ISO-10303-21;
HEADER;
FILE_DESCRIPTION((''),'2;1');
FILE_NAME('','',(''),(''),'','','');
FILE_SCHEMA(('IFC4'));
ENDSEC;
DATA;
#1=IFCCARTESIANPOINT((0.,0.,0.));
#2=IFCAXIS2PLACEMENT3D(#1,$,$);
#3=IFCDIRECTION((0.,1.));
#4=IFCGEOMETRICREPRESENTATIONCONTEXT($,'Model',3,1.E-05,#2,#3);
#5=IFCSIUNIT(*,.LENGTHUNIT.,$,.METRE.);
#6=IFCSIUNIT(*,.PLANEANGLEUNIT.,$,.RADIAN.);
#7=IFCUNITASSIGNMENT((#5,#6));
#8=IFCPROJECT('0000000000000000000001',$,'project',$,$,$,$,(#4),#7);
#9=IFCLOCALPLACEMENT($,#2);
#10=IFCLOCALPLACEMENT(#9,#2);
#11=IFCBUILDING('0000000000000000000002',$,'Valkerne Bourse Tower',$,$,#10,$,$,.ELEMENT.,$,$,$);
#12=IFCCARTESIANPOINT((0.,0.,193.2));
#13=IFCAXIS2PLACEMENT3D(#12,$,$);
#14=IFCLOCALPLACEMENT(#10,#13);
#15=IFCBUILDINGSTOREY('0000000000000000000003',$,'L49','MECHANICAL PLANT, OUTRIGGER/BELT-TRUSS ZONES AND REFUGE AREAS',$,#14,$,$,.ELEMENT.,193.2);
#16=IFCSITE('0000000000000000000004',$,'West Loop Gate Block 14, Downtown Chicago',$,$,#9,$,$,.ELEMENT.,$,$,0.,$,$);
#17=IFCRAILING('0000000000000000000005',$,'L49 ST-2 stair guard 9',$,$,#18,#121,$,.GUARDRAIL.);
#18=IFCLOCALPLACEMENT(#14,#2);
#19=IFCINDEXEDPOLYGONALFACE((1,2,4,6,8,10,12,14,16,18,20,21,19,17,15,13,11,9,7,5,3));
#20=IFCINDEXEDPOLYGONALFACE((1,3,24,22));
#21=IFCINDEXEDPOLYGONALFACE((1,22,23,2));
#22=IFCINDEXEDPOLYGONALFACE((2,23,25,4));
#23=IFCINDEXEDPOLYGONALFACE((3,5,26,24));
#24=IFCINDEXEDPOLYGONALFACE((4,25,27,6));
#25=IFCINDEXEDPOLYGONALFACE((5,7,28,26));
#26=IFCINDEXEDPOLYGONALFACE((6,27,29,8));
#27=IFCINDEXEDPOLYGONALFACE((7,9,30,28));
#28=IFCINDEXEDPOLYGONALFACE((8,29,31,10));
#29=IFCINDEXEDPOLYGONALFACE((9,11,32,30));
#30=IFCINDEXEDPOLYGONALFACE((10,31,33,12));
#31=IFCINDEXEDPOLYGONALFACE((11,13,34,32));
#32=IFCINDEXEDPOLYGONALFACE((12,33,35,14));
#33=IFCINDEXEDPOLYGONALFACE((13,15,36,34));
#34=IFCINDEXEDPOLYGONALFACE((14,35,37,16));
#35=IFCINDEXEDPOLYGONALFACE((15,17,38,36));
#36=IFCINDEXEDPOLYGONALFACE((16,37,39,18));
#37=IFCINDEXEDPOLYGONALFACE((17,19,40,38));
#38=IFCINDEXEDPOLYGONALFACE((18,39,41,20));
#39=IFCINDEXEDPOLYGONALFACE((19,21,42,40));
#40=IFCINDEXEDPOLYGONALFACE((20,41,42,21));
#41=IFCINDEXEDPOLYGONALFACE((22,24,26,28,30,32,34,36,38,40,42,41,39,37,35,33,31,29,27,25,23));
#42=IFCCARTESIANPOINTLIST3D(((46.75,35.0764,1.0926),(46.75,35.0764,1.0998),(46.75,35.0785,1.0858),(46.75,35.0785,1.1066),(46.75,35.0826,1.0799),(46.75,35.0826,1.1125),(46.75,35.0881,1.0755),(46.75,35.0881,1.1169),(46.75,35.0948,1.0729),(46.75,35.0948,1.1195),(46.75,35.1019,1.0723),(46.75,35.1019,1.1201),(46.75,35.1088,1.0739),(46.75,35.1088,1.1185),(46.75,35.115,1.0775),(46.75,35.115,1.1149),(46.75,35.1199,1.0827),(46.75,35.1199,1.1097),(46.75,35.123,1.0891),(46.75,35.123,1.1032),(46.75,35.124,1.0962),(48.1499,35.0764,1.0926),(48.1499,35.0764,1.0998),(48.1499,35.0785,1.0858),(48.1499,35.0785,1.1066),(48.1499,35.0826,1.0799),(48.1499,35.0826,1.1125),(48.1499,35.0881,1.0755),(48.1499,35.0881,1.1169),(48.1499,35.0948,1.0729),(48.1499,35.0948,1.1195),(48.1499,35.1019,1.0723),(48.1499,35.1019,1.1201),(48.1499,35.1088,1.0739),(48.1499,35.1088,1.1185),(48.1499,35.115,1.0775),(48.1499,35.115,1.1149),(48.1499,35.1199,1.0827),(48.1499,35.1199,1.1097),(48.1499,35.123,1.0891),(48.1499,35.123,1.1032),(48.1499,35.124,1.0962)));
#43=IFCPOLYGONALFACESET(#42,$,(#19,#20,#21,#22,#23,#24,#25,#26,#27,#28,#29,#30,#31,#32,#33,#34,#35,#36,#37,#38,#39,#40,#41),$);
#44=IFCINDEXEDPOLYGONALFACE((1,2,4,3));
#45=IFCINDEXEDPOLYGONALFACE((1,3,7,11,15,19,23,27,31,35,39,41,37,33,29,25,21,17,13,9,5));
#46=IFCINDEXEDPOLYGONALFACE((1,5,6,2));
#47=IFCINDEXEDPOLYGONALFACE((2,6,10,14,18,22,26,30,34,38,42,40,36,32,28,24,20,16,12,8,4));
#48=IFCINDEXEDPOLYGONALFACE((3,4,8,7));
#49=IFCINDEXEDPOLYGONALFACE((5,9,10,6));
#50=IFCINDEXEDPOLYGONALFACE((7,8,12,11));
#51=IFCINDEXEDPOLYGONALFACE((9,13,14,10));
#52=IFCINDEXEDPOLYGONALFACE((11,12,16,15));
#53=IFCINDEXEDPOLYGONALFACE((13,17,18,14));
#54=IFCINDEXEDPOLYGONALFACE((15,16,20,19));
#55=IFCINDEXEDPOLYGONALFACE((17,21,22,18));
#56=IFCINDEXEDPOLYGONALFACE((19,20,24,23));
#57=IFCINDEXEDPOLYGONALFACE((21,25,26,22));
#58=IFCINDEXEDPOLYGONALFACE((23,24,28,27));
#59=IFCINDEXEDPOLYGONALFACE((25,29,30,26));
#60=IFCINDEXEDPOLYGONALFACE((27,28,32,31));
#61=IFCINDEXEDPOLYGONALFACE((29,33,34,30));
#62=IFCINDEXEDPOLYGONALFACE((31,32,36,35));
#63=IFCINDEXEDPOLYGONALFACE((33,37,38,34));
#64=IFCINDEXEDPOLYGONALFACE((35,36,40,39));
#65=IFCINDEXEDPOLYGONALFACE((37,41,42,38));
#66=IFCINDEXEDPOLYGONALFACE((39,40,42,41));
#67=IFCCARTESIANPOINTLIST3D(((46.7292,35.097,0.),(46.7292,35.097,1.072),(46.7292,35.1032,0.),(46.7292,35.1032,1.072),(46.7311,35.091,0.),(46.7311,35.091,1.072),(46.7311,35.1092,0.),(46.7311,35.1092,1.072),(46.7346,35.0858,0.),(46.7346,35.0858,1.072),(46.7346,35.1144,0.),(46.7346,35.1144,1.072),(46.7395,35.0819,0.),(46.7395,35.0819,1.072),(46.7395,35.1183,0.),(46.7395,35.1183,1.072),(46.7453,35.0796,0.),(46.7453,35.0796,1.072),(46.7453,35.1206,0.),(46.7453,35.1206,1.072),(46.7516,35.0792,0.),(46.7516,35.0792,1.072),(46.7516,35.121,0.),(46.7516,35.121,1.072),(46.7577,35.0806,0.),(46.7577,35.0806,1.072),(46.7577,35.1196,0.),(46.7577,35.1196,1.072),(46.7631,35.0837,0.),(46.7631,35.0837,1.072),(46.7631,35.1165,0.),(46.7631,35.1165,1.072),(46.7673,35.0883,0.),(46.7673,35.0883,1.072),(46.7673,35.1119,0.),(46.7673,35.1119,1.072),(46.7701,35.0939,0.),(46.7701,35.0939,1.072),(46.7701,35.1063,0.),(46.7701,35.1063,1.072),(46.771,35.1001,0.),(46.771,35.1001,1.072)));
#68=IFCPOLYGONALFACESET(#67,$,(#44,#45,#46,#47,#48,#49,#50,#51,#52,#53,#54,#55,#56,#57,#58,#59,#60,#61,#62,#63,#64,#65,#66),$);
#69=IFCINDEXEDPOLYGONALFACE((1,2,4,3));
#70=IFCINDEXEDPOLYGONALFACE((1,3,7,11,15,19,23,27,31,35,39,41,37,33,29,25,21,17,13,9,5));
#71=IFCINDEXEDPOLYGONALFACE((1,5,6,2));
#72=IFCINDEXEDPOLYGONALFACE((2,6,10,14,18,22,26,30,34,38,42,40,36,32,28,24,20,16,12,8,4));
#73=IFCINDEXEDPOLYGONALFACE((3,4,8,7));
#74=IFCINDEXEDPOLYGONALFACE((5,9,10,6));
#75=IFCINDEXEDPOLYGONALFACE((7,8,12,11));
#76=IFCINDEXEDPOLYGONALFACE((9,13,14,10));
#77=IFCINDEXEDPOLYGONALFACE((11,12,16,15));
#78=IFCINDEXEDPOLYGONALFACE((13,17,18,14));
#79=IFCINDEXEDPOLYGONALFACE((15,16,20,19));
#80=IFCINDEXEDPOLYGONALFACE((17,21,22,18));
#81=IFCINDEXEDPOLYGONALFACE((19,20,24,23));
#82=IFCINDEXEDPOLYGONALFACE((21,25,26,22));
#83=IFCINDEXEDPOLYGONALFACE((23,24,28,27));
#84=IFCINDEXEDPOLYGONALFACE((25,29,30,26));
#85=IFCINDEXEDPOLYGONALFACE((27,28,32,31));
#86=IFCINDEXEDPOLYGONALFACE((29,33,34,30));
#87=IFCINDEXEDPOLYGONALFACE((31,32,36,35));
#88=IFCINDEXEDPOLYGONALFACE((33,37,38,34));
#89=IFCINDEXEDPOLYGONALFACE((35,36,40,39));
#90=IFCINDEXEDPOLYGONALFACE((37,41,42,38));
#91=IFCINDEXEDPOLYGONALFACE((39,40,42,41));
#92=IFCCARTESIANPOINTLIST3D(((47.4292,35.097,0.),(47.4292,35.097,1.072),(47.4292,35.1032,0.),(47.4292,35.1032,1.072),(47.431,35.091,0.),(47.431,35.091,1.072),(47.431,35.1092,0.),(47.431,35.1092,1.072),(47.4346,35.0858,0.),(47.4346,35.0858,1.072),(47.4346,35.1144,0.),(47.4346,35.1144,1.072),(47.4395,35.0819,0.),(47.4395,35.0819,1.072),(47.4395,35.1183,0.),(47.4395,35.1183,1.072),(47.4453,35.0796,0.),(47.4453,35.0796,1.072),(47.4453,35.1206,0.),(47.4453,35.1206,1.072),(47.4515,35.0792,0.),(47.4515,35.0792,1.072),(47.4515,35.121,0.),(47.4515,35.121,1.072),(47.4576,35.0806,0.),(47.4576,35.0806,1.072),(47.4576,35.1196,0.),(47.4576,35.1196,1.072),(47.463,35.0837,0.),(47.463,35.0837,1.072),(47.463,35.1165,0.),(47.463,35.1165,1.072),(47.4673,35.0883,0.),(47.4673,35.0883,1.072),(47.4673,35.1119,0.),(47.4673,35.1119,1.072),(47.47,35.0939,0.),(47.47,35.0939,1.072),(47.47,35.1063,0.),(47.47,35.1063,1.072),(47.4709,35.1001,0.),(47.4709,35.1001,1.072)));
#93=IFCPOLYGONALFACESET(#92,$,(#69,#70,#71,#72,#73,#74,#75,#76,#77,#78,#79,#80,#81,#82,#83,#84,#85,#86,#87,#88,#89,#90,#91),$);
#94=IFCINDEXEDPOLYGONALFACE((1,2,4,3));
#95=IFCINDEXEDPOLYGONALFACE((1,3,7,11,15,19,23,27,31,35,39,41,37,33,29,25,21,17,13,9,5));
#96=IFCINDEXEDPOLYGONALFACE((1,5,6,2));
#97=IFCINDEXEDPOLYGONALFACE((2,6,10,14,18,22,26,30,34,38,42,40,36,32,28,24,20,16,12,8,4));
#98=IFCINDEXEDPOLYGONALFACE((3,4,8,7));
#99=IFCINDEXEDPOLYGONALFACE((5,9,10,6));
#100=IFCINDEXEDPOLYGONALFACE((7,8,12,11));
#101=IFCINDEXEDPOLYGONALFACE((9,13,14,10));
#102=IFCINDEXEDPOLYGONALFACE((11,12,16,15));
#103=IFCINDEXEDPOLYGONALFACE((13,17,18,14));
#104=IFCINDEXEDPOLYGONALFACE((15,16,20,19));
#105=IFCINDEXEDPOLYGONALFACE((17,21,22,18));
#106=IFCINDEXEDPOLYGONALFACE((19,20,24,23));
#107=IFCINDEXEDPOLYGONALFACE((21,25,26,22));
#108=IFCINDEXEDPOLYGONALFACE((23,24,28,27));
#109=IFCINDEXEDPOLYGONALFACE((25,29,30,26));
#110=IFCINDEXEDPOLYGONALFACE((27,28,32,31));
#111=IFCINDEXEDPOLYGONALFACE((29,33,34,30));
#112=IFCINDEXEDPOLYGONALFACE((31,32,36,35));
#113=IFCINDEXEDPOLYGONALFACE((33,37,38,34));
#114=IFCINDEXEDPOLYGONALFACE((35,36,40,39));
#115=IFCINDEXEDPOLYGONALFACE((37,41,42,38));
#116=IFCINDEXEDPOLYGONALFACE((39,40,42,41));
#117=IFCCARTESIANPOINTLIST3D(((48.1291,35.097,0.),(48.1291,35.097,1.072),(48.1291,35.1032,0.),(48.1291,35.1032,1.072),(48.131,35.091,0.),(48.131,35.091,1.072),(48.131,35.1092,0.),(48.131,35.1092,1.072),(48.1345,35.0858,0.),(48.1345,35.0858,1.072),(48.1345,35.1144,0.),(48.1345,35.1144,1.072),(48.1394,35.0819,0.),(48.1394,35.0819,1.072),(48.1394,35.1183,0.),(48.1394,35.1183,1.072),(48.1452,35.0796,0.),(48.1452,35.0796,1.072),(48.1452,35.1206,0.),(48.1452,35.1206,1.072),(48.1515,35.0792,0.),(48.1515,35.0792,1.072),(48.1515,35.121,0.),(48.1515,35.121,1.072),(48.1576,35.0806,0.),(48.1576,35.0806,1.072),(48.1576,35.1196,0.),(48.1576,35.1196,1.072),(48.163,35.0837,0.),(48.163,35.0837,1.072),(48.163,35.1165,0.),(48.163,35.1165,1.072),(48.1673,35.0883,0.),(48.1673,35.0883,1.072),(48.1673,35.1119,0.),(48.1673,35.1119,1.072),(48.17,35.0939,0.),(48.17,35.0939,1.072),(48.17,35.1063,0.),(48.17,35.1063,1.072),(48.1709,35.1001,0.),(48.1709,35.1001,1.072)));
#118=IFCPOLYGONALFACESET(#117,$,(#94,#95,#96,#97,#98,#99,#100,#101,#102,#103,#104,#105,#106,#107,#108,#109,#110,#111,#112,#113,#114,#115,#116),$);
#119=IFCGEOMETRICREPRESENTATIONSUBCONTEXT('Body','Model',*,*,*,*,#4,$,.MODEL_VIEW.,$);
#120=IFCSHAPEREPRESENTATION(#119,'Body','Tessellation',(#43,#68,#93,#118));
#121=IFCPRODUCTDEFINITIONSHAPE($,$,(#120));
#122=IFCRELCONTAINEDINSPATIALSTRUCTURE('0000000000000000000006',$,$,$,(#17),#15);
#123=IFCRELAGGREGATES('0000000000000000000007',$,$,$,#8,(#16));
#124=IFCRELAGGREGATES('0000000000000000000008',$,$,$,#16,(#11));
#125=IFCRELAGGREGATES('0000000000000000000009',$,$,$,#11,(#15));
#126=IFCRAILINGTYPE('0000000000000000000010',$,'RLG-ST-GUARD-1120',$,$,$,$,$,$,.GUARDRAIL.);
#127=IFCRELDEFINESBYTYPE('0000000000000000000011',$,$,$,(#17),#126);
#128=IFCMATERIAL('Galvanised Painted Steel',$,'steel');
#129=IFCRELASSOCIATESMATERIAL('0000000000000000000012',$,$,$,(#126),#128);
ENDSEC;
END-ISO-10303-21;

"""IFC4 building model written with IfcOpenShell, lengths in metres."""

from ifc_helpers import new_model, si_unit, direction, frame, origin, origin_2d, place, context, subcontext, project, spatial, circle, extrude, material, type_object, element, save


model = new_model("IFC4")

# Units and contexts
model_context = context("Model", 3, precision=1e-05, world=origin(), true_north=direction((0.0, 1.0)))
body_context = subcontext(model_context, "Body", "Model", "MODEL_VIEW")
ifc_project = project(units=[si_unit("LENGTHUNIT", "METRE"), si_unit("PLANEANGLEUNIT", "RADIAN")], contexts=[model_context])

# Site, building, storey
site_placement = place(None, origin())
site = spatial("IfcSite", under=ifc_project, at=site_placement, Name="West Loop Gate Block 14, Downtown Chicago", CompositionType="ELEMENT", RefElevation=0.0)
building_placement = place(site_placement, origin())
building = spatial("IfcBuilding", under=site, at=building_placement, Name="Valkerne Bourse Tower", CompositionType="ELEMENT")
storey_placement = place(building_placement, frame((0.0, 0.0, 193.2)))
storey = spatial("IfcBuildingStorey", under=building, at=storey_placement, Name="L49", Description="MECHANICAL PLANT, OUTRIGGER/BELT-TRUSS ZONES AND REFUGE AREAS", CompositionType="ELEMENT", Elevation=193.2)

# Shared definitions
ifc_material_1 = material(Name="Galvanised Painted Steel", Category="steel")

# Railing
railing_type_1 = type_object("IfcRailingType", Name="RLG-ST-GUARD-1120", PredefinedType="GUARDRAIL", material=ifc_material_1)
for number, where, name in (
    (1, (46.75, 35.1001, 0.0), "L49 ST-2 stair guard 9"),
):
    element("IfcRailing", number, at=place(storey_placement, frame(where)), inside=storey, type_object=railing_type_1, Name=name, PredefinedType="GUARDRAIL", context=body_context, shape_type="SweptSolid", body=[
        extrude(circle(Radius=0.0239, at=origin_2d()), frame((0.0, 0.0, 1.0962), z_axis=(1.0, 0.0, 0.0), x_axis=(0.0, 1.0, 0.0)), (0.0, 0.0, 1.0), 1.3999),
        extrude(circle(Radius=0.021, at=origin_2d()), origin(), (0.0, 0.0, 1.0), 1.072),
        extrude(circle(Radius=0.021, at=origin_2d()), frame((0.7, 0.0, 0.0)), (0.0, 0.0, 1.0), 1.072),
        extrude(circle(Radius=0.021, at=origin_2d()), frame((1.3999, 0.0, 0.0)), (0.0, 0.0, 1.0), 1.072),
    ])

save(model, "model.ifc")
